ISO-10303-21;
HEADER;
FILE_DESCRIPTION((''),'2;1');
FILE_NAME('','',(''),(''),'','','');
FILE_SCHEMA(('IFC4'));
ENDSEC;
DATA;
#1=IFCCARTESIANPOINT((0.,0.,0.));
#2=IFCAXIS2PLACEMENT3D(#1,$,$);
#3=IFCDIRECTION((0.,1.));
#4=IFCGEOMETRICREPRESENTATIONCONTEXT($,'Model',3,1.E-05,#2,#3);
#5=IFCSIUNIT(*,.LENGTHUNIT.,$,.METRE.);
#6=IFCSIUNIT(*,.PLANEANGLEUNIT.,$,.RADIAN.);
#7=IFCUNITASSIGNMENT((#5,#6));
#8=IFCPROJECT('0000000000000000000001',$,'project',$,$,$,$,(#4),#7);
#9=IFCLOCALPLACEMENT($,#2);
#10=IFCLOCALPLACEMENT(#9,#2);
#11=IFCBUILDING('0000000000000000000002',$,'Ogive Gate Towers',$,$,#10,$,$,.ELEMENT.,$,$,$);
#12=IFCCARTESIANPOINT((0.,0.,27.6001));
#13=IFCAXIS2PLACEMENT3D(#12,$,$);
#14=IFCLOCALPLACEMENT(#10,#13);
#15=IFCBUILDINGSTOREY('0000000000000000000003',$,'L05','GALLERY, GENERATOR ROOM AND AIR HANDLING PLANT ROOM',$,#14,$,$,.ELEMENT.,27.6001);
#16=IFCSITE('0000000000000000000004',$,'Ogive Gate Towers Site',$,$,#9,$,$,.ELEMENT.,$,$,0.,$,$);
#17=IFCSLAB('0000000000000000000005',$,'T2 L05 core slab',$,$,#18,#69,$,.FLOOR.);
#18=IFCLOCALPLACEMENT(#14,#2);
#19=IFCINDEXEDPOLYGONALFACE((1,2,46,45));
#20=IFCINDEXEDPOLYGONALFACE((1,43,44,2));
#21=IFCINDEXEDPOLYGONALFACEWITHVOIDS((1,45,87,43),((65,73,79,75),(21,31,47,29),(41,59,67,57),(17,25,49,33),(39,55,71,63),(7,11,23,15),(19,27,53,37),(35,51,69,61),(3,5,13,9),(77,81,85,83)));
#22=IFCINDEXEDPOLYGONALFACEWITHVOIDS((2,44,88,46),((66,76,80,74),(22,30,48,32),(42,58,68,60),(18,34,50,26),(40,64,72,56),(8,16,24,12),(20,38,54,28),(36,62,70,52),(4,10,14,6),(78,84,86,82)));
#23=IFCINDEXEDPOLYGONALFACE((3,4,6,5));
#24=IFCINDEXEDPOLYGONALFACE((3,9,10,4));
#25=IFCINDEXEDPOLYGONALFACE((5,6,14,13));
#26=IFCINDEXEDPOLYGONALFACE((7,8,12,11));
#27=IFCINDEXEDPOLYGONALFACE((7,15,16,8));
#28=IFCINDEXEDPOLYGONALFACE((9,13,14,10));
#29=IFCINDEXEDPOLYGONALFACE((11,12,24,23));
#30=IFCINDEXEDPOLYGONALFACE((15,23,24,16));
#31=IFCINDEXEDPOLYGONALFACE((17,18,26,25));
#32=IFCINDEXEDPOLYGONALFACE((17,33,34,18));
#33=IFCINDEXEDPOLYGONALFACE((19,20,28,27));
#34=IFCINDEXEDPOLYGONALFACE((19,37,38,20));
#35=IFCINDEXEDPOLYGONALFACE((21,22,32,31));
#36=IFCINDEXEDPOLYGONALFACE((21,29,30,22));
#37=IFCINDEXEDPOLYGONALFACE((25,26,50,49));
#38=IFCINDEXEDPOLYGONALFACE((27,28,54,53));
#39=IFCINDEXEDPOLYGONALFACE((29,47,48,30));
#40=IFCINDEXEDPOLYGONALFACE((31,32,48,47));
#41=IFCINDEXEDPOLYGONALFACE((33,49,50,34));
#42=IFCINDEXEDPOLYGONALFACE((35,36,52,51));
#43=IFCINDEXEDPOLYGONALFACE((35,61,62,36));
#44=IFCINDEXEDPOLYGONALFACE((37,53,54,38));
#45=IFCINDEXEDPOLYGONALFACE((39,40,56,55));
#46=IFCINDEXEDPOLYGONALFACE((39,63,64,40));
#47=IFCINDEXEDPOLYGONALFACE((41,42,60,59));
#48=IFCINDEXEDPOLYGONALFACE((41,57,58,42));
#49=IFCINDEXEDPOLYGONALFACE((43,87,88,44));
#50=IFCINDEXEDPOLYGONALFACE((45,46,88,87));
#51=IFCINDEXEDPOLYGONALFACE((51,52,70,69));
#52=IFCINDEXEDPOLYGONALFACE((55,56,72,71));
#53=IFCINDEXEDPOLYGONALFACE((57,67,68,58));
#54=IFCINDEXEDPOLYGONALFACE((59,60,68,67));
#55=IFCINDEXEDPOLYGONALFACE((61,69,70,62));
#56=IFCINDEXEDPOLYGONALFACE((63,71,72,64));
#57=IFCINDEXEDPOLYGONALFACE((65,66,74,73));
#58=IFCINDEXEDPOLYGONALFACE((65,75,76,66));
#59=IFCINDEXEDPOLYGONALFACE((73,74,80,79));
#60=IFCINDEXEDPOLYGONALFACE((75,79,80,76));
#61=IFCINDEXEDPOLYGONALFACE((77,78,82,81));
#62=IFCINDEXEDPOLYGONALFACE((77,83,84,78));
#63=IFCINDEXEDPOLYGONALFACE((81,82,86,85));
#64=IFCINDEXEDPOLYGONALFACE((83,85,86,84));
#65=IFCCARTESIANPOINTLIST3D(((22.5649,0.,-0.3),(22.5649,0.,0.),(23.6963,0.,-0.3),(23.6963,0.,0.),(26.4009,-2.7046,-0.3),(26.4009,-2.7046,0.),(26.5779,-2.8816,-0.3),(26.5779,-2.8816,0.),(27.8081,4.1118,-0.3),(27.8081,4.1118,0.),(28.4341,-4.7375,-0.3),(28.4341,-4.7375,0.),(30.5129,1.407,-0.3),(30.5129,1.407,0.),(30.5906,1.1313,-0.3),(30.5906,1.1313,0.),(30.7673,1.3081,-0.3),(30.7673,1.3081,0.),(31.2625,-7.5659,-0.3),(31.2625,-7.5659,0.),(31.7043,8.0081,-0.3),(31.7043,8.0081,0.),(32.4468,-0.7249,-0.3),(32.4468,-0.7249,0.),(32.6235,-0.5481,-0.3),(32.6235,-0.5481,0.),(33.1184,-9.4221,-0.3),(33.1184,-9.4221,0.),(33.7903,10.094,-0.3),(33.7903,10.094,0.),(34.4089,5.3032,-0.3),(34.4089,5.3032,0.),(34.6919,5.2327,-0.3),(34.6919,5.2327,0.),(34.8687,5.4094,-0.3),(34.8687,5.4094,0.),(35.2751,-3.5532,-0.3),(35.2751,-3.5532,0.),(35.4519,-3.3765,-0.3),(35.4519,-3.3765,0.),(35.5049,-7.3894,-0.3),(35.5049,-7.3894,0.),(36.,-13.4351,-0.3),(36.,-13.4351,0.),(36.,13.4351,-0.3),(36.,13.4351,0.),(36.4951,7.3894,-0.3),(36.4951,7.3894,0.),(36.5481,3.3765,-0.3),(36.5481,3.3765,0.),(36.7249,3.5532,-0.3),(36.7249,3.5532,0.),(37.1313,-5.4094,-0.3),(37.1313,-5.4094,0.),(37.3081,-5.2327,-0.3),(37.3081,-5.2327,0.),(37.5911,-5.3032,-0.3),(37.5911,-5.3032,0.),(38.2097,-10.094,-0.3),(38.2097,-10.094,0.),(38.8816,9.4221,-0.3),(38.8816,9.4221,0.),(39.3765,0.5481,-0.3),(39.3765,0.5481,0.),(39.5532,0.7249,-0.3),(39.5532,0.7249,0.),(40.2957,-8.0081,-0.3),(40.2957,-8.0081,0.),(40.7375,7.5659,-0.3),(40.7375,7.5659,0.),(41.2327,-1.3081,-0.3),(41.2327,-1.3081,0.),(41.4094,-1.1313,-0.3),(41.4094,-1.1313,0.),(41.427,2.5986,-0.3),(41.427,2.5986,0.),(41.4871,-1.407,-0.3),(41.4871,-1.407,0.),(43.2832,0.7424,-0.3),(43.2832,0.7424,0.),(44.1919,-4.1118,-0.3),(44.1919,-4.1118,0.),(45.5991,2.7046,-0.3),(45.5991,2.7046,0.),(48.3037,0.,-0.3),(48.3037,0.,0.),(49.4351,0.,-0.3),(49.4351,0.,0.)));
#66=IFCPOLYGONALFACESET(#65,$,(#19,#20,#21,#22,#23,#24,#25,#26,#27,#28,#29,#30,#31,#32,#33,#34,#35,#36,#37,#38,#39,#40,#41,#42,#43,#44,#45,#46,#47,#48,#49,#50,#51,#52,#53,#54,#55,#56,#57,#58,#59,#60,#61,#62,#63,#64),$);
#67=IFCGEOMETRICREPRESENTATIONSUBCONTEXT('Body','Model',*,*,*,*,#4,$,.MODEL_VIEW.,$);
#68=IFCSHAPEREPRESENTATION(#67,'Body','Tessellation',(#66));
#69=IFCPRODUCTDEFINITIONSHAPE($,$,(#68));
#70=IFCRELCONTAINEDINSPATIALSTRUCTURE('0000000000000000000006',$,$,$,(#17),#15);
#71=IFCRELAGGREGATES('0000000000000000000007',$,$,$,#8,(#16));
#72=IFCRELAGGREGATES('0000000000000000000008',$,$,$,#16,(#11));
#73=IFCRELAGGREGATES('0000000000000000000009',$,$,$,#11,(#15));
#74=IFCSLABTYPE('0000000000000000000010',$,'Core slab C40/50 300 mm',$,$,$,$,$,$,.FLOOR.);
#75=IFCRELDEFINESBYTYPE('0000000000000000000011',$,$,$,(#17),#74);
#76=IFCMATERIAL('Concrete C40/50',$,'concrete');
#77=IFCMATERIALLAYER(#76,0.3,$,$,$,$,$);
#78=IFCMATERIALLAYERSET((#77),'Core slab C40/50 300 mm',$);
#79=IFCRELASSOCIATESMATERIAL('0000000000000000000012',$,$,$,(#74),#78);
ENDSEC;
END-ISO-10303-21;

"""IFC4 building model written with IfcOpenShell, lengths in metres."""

from ifc_helpers import new_model, si_unit, direction, frame, origin, place, context, subcontext, project, spatial, polyline, outline, extrude, material, layer, layer_set, type_object, element, save


model = new_model("IFC4")

# Units and contexts
model_context = context("Model", 3, precision=1e-05, world=origin(), true_north=direction((0.0, 1.0)))
body_context = subcontext(model_context, "Body", "Model", "MODEL_VIEW")
ifc_project = project(units=[si_unit("LENGTHUNIT", "METRE"), si_unit("PLANEANGLEUNIT", "RADIAN")], contexts=[model_context])

# Site, building, storey
site_placement = place(None, origin())
site = spatial("IfcSite", under=ifc_project, at=site_placement, Name="Ogive Gate Towers Site", CompositionType="ELEMENT", RefElevation=0.0)
building_placement = place(site_placement, origin())
building = spatial("IfcBuilding", under=site, at=building_placement, Name="Ogive Gate Towers", CompositionType="ELEMENT")
storey_placement = place(building_placement, frame((0.0, 0.0, 27.6001)))
storey = spatial("IfcBuildingStorey", under=building, at=storey_placement, Name="L05", Description="GALLERY, GENERATOR ROOM AND AIR HANDLING PLANT ROOM", CompositionType="ELEMENT", Elevation=27.6001)

# Slab
ifc_material_1 = material(Name="Concrete C40/50", Category="concrete")
ifc_layer_1 = layer(ifc_material_1, 0.3)
ifc_layer_set_1 = layer_set([ifc_layer_1], Name="Core slab C40/50 300 mm")
slab_type_1 = type_object("IfcSlabType", Name="Core slab C40/50 300 mm", PredefinedType="FLOOR", material=ifc_layer_set_1)
slab_1_placement = place(storey_placement, frame((0.0, 0.0, -0.3)))
element("IfcSlab", 1, at=slab_1_placement, inside=storey, type_object=slab_type_1, Name="T2 L05 core slab", PredefinedType="FLOOR", context=body_context, shape_type="SweptSolid", body=[
    extrude(outline(polyline([(36.0, 13.4351), (49.4351, 0.0), (36.0, -13.4351), (22.5649, 0.0), (36.0, 13.4351)]), holes=[polyline([(30.5906, 1.1313), (26.5779, -2.8816), (28.4341, -4.7375), (32.4468, -0.7249), (30.5906, 1.1313)]), polyline([(36.5481, 3.3765), (34.6919, 5.2327), (30.7673, 1.3081), (32.6235, -0.5481), (36.5481, 3.3765)]), polyline([(36.7249, 3.5532), (40.7375, 7.5659), (38.8816, 9.4221), (34.8687, 5.4094), (36.7249, 3.5532)]), polyline([(31.2625, -7.5659), (33.1184, -9.4221), (37.1313, -5.4094), (35.2751, -3.5532), (31.2625, -7.5659)]), polyline([(39.3765, 0.5481), (35.4519, -3.3765), (37.3081, -5.2327), (41.2327, -1.3081), (39.3765, 0.5481)]), polyline([(43.2832, 0.7424), (41.427, 2.5986), (39.5532, 0.7249), (41.4094, -1.1313), (43.2832, 0.7424)]), polyline([(34.4089, 5.3032), (36.4951, 7.3894), (33.7903, 10.094), (31.7043, 8.0081), (34.4089, 5.3032)]), polyline([(35.5049, -7.3894), (38.2097, -10.094), (40.2957, -8.0081), (37.5911, -5.3032), (35.5049, -7.3894)]), polyline([(26.4009, -2.7046), (30.5129, 1.407), (27.8081, 4.1118), (23.6963, 0.0), (26.4009, -2.7046)]), polyline([(48.3037, 0.0), (45.5991, 2.7046), (41.4871, -1.407), (44.1919, -4.1118), (48.3037, 0.0)])]), origin(), (0.0, 0.0, 1.0), 0.3),
])

save(model, "model.ifc")
